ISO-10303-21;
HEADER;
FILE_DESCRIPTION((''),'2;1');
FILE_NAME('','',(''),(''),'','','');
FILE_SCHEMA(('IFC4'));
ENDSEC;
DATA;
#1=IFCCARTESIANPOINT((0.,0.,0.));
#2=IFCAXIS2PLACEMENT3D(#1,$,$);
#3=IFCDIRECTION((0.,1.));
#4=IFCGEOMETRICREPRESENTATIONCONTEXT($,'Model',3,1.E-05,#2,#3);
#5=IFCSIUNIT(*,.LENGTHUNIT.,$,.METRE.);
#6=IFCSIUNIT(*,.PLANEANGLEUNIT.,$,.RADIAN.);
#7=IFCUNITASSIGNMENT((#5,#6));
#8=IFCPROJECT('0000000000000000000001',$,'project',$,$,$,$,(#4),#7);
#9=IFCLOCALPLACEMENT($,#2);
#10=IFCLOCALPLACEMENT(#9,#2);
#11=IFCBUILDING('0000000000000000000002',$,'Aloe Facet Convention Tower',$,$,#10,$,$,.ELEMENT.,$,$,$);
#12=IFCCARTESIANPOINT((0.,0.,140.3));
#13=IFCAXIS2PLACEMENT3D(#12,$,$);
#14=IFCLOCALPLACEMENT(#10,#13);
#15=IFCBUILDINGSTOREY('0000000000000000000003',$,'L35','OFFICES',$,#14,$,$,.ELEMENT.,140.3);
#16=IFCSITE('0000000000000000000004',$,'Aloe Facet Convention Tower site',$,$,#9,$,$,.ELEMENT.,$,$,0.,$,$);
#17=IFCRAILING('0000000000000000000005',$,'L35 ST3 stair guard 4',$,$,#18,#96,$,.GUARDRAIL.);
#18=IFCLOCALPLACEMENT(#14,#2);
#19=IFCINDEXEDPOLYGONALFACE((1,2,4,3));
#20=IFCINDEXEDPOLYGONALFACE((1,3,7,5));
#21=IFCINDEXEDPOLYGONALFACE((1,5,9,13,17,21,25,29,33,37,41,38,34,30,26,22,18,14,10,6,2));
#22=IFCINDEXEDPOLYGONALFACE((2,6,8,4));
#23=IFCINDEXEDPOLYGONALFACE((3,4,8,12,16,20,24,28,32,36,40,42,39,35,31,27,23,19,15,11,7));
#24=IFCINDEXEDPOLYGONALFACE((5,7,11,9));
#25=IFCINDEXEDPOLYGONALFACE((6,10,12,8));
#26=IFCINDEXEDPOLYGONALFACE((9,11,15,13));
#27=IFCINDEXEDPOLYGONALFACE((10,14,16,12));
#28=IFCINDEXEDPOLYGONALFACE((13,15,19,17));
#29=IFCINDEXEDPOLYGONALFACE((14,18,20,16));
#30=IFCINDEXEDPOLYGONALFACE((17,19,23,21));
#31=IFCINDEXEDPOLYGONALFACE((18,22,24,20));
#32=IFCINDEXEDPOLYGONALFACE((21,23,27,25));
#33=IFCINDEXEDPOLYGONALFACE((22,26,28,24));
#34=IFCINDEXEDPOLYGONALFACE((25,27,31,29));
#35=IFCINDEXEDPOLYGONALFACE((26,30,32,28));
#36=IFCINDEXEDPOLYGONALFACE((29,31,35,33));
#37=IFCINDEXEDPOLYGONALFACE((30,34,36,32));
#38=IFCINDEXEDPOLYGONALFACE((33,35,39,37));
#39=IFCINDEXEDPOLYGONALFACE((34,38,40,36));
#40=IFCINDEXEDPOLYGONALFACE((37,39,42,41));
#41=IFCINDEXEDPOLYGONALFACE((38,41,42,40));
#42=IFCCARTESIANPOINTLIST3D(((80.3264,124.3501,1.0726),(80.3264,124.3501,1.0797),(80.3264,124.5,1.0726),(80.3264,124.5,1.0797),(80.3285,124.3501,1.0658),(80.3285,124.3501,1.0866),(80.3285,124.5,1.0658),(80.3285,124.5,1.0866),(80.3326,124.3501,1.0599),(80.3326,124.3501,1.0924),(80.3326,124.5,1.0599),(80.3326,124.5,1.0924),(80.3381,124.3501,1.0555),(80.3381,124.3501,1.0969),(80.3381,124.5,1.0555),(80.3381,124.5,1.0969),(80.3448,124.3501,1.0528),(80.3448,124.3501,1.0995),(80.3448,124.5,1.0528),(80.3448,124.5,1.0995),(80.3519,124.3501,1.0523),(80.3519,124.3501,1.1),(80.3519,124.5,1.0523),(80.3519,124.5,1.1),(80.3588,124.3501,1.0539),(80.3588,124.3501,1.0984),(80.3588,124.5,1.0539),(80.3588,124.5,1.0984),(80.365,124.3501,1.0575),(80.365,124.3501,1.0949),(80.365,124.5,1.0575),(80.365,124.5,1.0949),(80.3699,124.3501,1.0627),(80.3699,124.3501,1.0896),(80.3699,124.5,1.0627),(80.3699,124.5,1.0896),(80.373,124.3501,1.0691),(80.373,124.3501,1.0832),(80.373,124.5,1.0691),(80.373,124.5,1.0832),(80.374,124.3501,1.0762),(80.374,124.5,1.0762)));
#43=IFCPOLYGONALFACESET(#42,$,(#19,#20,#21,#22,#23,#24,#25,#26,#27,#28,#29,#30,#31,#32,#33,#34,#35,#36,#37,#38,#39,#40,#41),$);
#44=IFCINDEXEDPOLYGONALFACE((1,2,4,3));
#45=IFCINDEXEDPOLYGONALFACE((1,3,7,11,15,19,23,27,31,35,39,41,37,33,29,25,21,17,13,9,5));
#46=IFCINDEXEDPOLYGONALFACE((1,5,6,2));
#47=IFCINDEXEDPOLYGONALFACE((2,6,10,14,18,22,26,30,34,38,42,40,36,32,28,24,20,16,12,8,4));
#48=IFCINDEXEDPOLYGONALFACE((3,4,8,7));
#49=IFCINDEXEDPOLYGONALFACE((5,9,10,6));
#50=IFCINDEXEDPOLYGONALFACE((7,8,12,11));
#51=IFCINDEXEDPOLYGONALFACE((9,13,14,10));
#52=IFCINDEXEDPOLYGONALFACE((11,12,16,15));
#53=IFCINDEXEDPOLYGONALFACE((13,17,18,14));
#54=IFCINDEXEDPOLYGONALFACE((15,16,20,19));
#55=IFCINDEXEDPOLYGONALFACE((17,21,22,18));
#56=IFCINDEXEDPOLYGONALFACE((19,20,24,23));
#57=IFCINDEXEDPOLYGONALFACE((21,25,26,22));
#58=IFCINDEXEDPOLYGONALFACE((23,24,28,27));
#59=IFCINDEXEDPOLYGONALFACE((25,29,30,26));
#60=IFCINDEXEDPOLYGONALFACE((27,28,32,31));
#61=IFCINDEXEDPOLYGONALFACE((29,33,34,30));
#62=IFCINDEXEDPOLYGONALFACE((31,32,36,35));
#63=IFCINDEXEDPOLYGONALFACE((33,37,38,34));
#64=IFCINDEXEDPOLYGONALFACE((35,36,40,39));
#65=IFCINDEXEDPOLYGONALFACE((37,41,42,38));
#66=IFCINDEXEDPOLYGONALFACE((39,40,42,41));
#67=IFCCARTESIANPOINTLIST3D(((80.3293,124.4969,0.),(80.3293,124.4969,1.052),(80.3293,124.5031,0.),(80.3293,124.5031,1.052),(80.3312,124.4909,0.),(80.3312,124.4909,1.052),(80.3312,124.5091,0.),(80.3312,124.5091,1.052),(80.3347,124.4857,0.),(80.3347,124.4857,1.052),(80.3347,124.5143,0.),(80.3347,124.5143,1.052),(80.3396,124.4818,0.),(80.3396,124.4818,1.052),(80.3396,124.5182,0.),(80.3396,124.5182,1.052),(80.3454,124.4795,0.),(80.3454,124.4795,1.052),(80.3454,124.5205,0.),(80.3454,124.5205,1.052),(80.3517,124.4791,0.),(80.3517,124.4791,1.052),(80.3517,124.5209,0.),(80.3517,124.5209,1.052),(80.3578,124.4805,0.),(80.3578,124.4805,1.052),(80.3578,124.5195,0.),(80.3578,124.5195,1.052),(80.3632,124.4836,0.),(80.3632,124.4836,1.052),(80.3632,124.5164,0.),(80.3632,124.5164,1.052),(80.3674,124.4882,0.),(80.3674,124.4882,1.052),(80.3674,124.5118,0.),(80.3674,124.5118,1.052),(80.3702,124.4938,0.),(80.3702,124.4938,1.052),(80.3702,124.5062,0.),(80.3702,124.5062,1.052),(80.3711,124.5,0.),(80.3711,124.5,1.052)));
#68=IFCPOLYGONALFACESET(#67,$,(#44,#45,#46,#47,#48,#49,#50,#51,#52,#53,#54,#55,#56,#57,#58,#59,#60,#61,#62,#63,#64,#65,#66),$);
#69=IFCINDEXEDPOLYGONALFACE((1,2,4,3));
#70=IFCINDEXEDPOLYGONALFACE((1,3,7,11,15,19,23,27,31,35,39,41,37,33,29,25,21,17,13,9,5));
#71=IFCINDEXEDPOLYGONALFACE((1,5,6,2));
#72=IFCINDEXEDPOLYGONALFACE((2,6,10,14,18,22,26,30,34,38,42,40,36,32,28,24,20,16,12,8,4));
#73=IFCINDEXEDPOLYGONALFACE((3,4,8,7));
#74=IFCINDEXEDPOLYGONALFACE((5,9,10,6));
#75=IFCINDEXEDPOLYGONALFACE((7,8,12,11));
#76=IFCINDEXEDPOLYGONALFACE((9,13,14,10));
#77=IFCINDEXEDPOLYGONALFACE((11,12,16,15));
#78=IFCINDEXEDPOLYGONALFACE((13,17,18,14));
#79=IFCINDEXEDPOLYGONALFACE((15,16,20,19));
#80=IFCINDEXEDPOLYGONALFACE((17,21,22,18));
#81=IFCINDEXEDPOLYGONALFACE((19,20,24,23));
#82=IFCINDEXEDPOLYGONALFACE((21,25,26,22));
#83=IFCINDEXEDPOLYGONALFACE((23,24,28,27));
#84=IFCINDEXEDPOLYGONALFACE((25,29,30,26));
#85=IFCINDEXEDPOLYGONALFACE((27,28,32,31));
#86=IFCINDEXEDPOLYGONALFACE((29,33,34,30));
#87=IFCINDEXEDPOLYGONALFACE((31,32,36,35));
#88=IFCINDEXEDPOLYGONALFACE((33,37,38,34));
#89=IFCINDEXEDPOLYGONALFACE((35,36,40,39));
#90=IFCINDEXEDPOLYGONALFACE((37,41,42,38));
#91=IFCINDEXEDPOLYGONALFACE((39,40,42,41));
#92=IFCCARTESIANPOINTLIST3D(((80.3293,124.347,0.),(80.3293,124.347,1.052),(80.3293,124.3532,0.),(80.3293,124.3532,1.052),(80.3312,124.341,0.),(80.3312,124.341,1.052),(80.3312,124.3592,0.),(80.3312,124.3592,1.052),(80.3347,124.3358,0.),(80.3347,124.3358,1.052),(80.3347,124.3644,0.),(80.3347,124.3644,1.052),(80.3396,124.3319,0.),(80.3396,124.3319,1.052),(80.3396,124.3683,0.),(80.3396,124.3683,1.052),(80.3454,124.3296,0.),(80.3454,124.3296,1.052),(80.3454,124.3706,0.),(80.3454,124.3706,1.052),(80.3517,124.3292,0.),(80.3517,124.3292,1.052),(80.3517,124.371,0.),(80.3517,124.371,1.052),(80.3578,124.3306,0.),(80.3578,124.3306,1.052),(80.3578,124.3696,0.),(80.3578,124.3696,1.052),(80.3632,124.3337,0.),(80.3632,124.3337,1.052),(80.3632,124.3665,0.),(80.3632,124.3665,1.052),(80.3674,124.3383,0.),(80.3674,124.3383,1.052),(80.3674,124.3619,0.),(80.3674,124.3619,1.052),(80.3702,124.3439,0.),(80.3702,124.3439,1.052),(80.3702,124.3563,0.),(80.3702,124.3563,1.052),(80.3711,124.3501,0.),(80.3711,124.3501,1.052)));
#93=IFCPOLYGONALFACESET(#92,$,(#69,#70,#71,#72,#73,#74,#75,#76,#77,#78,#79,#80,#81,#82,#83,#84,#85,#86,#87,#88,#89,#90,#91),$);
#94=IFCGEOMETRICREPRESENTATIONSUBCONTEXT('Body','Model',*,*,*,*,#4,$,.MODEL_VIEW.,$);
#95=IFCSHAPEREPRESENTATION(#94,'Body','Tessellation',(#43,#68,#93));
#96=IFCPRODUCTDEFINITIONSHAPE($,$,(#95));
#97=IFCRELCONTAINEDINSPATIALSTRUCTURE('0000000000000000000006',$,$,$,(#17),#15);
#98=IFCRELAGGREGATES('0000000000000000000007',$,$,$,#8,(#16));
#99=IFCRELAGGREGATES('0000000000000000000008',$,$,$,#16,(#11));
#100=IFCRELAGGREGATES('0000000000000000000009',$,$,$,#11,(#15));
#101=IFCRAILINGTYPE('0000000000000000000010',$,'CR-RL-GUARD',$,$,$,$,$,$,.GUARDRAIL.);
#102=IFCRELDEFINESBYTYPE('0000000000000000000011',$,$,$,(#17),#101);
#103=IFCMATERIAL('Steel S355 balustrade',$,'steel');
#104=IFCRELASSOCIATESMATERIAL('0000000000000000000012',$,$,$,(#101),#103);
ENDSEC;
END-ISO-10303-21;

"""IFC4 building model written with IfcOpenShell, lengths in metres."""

from ifc_helpers import new_model, si_unit, direction, frame, origin, origin_2d, place, context, subcontext, project, spatial, circle, extrude, material, type_object, element, save


model = new_model("IFC4")

# Units and contexts
model_context = context("Model", 3, precision=1e-05, world=origin(), true_north=direction((0.0, 1.0)))
body_context = subcontext(model_context, "Body", "Model", "MODEL_VIEW")
ifc_project = project(units=[si_unit("LENGTHUNIT", "METRE"), si_unit("PLANEANGLEUNIT", "RADIAN")], contexts=[model_context])

# Site, building, storey
site_placement = place(None, origin())
site = spatial("IfcSite", under=ifc_project, at=site_placement, Name="Aloe Facet Convention Tower site", CompositionType="ELEMENT", RefElevation=0.0)
building_placement = place(site_placement, origin())
building = spatial("IfcBuilding", under=site, at=building_placement, Name="Aloe Facet Convention Tower", CompositionType="ELEMENT")
storey_placement = place(building_placement, frame((0.0, 0.0, 140.3)))
storey = spatial("IfcBuildingStorey", under=building, at=storey_placement, Name="L35", Description="OFFICES", CompositionType="ELEMENT", Elevation=140.3)

# Railing
ifc_material_1 = material(Name="Steel S355 balustrade", Category="steel")
railing_type_1 = type_object("IfcRailingType", Name="CR-RL-GUARD", PredefinedType="GUARDRAIL", material=ifc_material_1)
railing_1_placement = place(storey_placement, frame((80.3501, 124.5, 0.0)))
element("IfcRailing", 1, at=railing_1_placement, inside=storey, type_object=railing_type_1, Name="L35 ST3 stair guard 4", PredefinedType="GUARDRAIL", context=body_context, shape_type="SweptSolid", body=[
    extrude(circle(Radius=0.0239, at=origin_2d()), frame((0.0, 0.0, 1.0762), z_axis=(0.0, -1.0, 0.0), x_axis=(1.0, 0.0, 0.0)), (0.0, 0.0, 1.0), 0.1499),
    extrude(circle(Radius=0.021, at=origin_2d()), origin(), (0.0, 0.0, 1.0), 1.052),
    extrude(circle(Radius=0.021, at=origin_2d()), frame((0.0, -0.1499, 0.0)), (0.0, 0.0, 1.0), 1.052),
])

save(model, "model.ifc")
